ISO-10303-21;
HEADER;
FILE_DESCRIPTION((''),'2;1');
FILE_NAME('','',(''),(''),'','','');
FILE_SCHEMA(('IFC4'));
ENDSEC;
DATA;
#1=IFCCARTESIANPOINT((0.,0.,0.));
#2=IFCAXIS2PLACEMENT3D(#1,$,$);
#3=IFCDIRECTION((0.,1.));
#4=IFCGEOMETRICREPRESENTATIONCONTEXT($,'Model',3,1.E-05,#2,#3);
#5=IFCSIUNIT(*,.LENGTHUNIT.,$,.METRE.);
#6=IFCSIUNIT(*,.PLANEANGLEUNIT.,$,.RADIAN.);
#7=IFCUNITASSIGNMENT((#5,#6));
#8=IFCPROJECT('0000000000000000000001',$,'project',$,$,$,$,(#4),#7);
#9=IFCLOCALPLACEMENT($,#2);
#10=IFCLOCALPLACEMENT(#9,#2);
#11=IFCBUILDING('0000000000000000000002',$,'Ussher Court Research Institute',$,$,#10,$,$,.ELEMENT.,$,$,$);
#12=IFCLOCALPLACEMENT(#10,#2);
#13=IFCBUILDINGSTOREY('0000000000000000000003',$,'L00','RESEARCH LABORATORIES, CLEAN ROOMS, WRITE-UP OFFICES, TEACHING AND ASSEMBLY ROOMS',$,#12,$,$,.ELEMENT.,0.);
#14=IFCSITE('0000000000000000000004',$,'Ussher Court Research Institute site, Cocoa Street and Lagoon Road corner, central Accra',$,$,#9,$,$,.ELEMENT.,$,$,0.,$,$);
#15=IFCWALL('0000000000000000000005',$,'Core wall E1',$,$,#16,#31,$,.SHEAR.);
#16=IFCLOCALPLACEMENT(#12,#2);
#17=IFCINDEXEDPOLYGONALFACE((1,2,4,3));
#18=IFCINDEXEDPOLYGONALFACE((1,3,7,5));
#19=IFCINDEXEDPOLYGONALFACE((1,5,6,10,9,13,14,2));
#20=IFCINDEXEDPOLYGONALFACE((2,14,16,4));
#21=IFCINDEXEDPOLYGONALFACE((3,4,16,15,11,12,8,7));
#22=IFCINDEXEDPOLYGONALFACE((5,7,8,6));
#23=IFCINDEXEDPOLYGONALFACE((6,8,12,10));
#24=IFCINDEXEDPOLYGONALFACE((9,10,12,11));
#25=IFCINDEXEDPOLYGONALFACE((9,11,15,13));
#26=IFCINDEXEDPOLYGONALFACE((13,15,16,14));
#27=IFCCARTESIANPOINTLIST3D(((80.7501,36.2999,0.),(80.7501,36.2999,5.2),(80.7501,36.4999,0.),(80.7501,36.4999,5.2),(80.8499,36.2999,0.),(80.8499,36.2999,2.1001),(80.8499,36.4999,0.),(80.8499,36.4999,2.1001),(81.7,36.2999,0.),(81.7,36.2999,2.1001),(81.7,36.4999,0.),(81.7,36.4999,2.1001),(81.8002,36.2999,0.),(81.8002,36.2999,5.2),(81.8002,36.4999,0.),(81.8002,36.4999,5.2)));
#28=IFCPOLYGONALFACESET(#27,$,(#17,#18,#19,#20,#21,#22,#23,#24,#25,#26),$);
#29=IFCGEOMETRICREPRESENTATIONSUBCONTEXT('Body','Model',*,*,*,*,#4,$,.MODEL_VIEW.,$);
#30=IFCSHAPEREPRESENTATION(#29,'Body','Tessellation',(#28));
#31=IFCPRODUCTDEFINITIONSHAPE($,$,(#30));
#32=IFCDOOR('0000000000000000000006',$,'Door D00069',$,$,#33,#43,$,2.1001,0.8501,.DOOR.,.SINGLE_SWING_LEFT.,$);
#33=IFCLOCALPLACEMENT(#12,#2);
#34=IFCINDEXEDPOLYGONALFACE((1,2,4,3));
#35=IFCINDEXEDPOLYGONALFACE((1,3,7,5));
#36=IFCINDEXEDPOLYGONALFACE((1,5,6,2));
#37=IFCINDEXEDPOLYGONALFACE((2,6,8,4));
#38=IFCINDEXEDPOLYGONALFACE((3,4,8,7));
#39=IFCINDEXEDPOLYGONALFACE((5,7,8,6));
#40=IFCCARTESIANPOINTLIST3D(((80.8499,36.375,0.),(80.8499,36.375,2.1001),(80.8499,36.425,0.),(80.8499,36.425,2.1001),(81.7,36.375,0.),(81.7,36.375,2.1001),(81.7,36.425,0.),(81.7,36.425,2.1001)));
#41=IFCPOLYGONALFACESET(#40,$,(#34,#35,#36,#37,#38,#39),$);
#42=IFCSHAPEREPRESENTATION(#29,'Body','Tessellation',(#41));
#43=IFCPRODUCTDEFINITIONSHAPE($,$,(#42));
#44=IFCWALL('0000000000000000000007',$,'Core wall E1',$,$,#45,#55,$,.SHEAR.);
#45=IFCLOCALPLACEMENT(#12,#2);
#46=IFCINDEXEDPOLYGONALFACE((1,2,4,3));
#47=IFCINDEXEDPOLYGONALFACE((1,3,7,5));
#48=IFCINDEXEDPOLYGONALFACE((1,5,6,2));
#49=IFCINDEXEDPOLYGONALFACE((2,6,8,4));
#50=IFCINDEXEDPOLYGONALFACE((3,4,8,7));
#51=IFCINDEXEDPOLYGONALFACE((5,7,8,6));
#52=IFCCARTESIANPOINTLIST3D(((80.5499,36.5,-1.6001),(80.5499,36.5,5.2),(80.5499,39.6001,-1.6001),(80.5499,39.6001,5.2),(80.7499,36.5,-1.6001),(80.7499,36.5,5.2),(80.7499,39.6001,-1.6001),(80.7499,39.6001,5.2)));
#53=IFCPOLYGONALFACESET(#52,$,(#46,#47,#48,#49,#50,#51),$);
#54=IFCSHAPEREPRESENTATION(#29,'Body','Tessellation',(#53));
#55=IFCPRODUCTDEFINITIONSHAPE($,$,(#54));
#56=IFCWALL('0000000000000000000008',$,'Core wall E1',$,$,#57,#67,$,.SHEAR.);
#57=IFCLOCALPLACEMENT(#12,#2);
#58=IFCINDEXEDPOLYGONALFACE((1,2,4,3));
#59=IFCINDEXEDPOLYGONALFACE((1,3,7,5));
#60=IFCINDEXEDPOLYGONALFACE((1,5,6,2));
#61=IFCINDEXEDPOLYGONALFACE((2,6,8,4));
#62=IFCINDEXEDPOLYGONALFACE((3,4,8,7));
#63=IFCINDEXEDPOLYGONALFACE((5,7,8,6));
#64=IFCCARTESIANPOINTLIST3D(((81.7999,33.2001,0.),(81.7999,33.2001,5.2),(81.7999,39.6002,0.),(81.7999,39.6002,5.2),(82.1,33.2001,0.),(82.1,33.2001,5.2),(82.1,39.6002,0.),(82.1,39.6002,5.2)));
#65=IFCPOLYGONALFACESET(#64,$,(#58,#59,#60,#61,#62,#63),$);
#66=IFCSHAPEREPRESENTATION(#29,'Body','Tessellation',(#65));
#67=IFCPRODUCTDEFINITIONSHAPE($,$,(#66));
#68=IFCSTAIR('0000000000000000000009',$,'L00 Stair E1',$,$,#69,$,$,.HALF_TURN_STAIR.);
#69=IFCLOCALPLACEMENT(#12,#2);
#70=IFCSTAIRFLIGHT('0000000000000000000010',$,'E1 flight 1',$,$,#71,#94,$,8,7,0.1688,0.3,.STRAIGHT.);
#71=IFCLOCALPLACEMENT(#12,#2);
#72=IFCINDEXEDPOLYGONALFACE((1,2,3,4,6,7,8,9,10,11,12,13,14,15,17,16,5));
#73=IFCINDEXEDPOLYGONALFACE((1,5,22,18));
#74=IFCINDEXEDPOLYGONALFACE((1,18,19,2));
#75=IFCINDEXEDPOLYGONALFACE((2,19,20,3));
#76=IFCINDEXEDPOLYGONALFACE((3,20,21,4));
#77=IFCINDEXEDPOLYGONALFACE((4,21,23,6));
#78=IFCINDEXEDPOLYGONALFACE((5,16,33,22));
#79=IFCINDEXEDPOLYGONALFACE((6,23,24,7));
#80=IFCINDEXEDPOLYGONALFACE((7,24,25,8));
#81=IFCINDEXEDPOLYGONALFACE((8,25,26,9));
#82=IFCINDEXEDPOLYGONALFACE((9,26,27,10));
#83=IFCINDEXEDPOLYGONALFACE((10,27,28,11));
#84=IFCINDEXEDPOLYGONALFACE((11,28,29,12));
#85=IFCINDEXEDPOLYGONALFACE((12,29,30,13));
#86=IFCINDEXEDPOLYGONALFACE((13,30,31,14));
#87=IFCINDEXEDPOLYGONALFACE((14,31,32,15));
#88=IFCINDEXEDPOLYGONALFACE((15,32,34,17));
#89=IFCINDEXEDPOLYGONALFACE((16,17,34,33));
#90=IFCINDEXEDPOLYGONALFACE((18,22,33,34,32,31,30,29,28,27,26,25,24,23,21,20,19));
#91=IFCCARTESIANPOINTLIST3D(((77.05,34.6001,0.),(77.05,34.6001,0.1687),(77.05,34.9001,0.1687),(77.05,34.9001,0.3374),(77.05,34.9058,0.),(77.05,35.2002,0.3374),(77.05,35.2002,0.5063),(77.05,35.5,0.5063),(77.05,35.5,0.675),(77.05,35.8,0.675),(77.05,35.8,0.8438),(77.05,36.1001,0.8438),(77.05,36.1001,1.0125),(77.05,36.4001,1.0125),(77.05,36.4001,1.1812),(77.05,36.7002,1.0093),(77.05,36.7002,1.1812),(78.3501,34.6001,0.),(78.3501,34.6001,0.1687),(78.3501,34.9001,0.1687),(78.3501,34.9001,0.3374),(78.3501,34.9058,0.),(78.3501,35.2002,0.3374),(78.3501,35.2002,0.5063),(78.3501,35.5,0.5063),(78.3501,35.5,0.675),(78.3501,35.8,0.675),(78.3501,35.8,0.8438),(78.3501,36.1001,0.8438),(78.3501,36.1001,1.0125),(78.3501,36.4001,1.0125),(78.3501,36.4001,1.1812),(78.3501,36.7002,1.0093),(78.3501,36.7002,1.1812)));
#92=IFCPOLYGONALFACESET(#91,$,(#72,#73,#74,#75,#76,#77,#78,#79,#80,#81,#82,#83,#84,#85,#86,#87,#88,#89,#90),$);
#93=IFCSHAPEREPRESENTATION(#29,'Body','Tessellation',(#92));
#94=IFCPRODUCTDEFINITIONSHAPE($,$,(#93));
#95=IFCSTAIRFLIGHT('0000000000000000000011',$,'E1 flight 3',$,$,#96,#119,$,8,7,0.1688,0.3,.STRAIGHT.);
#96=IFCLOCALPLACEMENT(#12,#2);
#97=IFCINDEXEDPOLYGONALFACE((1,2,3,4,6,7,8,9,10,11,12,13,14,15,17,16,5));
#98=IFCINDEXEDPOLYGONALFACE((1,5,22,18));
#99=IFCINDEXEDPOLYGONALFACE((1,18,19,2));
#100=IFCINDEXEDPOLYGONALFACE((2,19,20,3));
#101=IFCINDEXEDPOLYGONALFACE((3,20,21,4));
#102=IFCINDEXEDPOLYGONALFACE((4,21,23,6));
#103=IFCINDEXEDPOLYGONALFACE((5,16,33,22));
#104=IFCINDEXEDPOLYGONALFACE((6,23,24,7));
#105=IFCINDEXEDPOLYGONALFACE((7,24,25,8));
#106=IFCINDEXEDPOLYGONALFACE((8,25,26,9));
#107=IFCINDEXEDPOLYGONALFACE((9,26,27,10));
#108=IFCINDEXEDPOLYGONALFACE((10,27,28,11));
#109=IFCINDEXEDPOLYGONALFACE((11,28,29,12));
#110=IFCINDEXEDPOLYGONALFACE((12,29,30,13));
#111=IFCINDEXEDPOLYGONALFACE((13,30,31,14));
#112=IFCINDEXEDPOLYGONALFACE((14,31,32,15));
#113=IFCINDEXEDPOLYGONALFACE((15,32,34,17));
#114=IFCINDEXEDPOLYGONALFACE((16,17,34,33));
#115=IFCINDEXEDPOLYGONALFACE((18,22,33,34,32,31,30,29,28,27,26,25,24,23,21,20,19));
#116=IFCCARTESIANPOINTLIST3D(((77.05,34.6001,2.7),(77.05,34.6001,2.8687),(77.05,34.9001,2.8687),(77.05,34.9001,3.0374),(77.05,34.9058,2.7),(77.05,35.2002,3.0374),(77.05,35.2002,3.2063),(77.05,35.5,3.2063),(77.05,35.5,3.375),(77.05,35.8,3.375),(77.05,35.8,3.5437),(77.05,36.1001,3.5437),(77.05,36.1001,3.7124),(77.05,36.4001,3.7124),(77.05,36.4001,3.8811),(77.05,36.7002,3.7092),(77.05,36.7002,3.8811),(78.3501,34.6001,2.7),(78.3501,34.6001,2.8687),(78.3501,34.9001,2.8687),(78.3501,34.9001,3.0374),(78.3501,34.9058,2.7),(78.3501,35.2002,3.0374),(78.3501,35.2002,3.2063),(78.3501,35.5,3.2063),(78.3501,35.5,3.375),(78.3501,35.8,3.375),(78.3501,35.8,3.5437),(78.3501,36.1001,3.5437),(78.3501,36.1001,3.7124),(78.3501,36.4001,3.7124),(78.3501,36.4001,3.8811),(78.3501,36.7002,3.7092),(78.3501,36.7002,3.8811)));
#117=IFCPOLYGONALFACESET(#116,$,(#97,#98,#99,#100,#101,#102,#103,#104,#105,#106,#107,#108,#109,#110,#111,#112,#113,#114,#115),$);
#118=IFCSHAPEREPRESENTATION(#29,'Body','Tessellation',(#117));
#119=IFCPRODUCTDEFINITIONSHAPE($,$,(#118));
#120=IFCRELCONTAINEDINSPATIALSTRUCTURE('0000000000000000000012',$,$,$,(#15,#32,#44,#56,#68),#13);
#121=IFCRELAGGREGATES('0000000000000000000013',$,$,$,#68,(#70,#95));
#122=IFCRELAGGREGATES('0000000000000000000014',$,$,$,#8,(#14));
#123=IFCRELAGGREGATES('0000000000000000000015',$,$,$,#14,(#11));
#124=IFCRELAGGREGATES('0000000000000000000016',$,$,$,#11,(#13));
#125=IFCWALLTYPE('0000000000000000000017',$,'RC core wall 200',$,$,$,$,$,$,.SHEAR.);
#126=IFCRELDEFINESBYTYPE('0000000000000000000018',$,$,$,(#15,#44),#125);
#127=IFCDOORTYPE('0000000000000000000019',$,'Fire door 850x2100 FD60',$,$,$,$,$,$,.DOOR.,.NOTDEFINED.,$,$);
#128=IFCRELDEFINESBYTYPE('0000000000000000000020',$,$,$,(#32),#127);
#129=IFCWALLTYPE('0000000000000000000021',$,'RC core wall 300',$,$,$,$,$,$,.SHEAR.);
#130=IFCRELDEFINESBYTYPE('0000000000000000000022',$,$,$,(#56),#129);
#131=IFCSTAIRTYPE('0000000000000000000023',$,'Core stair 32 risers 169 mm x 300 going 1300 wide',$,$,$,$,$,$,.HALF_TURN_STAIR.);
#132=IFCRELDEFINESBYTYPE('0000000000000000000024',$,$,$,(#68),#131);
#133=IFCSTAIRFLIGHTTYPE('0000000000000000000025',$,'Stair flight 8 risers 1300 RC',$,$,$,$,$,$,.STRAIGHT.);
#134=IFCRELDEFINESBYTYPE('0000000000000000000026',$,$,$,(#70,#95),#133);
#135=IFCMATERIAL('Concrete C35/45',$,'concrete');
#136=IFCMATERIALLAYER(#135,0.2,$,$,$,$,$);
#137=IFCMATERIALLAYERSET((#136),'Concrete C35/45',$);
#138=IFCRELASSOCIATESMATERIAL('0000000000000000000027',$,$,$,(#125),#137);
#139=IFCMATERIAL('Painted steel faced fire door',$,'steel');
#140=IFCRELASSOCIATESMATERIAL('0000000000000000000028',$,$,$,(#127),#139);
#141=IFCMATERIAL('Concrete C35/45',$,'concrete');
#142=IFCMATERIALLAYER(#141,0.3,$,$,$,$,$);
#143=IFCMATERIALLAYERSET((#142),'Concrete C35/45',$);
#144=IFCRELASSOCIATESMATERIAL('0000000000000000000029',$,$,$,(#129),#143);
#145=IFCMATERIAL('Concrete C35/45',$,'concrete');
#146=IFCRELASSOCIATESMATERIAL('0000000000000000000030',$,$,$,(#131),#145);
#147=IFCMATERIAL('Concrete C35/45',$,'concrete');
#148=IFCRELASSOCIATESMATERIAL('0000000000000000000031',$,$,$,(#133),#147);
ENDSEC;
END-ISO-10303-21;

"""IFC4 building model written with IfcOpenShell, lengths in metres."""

from ifc_helpers import new_model, si_unit, direction, frame, frame_2d, origin, place, context, subcontext, project, spatial, polyline, rectangle, outline, extrude, material, layer, layer_set, type_object, element, fill, aggregate, save


model = new_model("IFC4")

# Units and contexts
model_context = context("Model", 3, precision=1e-05, world=origin(), true_north=direction((0.0, 1.0)))
body_context = subcontext(model_context, "Body", "Model", "MODEL_VIEW")
ifc_project = project(units=[si_unit("LENGTHUNIT", "METRE"), si_unit("PLANEANGLEUNIT", "RADIAN")], contexts=[model_context])

# Site, building, storey
site_placement = place(None, origin())
site = spatial("IfcSite", under=ifc_project, at=site_placement, Name="Ussher Court Research Institute site, Cocoa Street and Lagoon Road corner, central Accra", CompositionType="ELEMENT", RefElevation=0.0)
building_placement = place(site_placement, origin())
building = spatial("IfcBuilding", under=site, at=building_placement, Name="Ussher Court Research Institute", CompositionType="ELEMENT")
storey_placement = place(building_placement, origin())
storey = spatial("IfcBuildingStorey", under=building, at=storey_placement, Name="L00", Description="RESEARCH LABORATORIES, CLEAN ROOMS, WRITE-UP OFFICES, TEACHING AND ASSEMBLY ROOMS", CompositionType="ELEMENT", Elevation=0.0)

# Shared definitions
ifc_material_1 = material(Name="Concrete C35/45", Category="concrete")
ifc_layer_1 = layer(ifc_material_1, 0.2)
ifc_layer_set_1 = layer_set([ifc_layer_1], Name="Concrete C35/45")
wall_type_1 = type_object("IfcWallType", Name="RC core wall 200", PredefinedType="SHEAR", material=ifc_layer_set_1)

# Wall, opening, door
wall_1_placement = place(storey_placement, frame((81.8, 36.3999, 0.0), z_axis=(0.0, 0.0, 1.0), x_axis=(-1.0, 0.0, 0.0)))
wall_1 = element("IfcWall", 1, at=wall_1_placement, inside=storey, type_object=wall_type_1, Name="Core wall E1", PredefinedType="SHEAR", context=body_context, shape_type="SweptSolid", body=[
    extrude(rectangle(XDim=1.05, YDim=0.2, at=frame_2d((0.5249, 0.0))), origin(), (0.0, 0.0, 1.0), 5.2),
])
opening_1_placement = place(wall_1_placement, frame((0.1001, 0.0, 0.0)))
opening_1 = element("IfcOpeningElement", 2, at=opening_1_placement, cuts=wall_1, PredefinedType="OPENING", context=body_context, shape_type="SweptSolid", body=[
    extrude(rectangle(XDim=0.8501, YDim=2.1001, at=frame_2d((0.425, 1.05))), frame((0.0, 0.1099, 0.0), z_axis=(0.0, -1.0, 0.0), x_axis=(1.0, 0.0, 0.0)), (0.0, 0.0, 1.0), 0.22),
])
ifc_material_2 = material(Name="Painted steel faced fire door", Category="steel")
door_type_1 = type_object("IfcDoorType", Name="Fire door 850x2100 FD60", OperationType="NOTDEFINED", PredefinedType="DOOR", material=ifc_material_2)
door_1_placement = place(opening_1_placement, origin())
door_1 = element("IfcDoor", 3, at=door_1_placement, inside=storey, type_object=door_type_1, Name="Door D00069", OperationType="SINGLE_SWING_LEFT", OverallHeight=2.1001, OverallWidth=0.8501, PredefinedType="DOOR", context=body_context, shape_type="SweptSolid", body=[
    extrude(rectangle(XDim=0.8501, YDim=2.1001, at=frame_2d((0.425, 1.05))), frame((0.0, 0.0249, 0.0), z_axis=(0.0, -1.0, 0.0), x_axis=(1.0, 0.0, 0.0)), (0.0, 0.0, 1.0), 0.05),
])
fill(opening_1, door_1)

# Walls
wall_2_placement = place(storey_placement, frame((80.6499, 36.5, -1.6001), z_axis=(0.0, 0.0, 1.0), x_axis=(0.0, 1.0, 0.0)))
element("IfcWall", 4, at=wall_2_placement, inside=storey, type_object=wall_type_1, Name="Core wall E1", PredefinedType="SHEAR", context=body_context, shape_type="SweptSolid", body=[
    extrude(rectangle(XDim=3.1001, YDim=0.2, at=frame_2d((1.55, 0.0))), origin(), (0.0, 0.0, 1.0), 6.8),
])
ifc_material_3 = material(Name="Concrete C35/45", Category="concrete")
ifc_layer_2 = layer(ifc_material_3, 0.3)
ifc_layer_set_2 = layer_set([ifc_layer_2], Name="Concrete C35/45")
wall_type_2 = type_object("IfcWallType", Name="RC core wall 300", PredefinedType="SHEAR", material=ifc_layer_set_2)
wall_3_placement = place(storey_placement, frame((81.95, 33.2, 0.0), z_axis=(0.0, 0.0, 1.0), x_axis=(0.0, 1.0, 0.0)))
element("IfcWall", 5, at=wall_3_placement, inside=storey, type_object=wall_type_2, Name="Core wall E1", PredefinedType="SHEAR", context=body_context, shape_type="SweptSolid", body=[
    extrude(rectangle(XDim=6.4001, YDim=0.3, at=frame_2d((3.2002, 0.0))), origin(), (0.0, 0.0, 1.0), 5.2),
])

# Stair, stair flights
ifc_material_4 = material(Name="Concrete C35/45", Category="concrete")
stair_type = type_object("IfcStairType", Name="Core stair 32 risers 169 mm x 300 going 1300 wide", PredefinedType="HALF_TURN_STAIR", material=ifc_material_4)
stair_placement = place(storey_placement, origin())
stair = element("IfcStair", 6, at=stair_placement, inside=storey, type_object=stair_type, Name="L00 Stair E1", PredefinedType="HALF_TURN_STAIR")
ifc_material_5 = material(Name="Concrete C35/45", Category="concrete")
stair_flight_type = type_object("IfcStairFlightType", Name="Stair flight 8 risers 1300 RC", PredefinedType="STRAIGHT", material=ifc_material_5)
stair_flight_1_placement = place(storey_placement, frame((77.7, 34.6001, 0.0), z_axis=(0.0, 0.0, 1.0), x_axis=(0.0, 1.0, 0.0)))
stair_flight_1 = element("IfcStairFlight", 7, at=stair_flight_1_placement, type_object=stair_flight_type, Name="E1 flight 1", NumberOfRisers=8, NumberOfTreads=7, PredefinedType="STRAIGHT", RiserHeight=0.1688, TreadLength=0.3, context=body_context, shape_type="SweptSolid", body=[
    extrude(outline(polyline([(0.0, 0.0), (0.0, 0.1687), (0.3, 0.1687), (0.3, 0.3374), (0.6001, 0.3374), (0.6001, 0.5063), (0.8999, 0.5063), (0.8999, 0.675), (1.2, 0.675), (1.2, 0.8438), (1.5, 0.8438), (1.5, 1.0125), (1.8, 1.0125), (1.8, 1.1812), (2.1001, 1.1812), (2.1001, 1.3501), (2.1001, 1.0093), (0.3057, 0.0), (0.0, 0.0)])), frame((0.0, 0.6499, 0.0), z_axis=(0.0, -1.0, 0.0), x_axis=(1.0, 0.0, 0.0)), (0.0, 0.0, 1.0), 1.3),
])
stair_flight_2_placement = place(storey_placement, frame((77.7, 34.6001, 2.7), z_axis=(0.0, 0.0, 1.0), x_axis=(0.0, 1.0, 0.0)))
stair_flight_2 = element("IfcStairFlight", 8, at=stair_flight_2_placement, type_object=stair_flight_type, Name="E1 flight 3", NumberOfRisers=8, NumberOfTreads=7, PredefinedType="STRAIGHT", RiserHeight=0.1688, TreadLength=0.3, context=body_context, shape_type="SweptSolid", body=[
    extrude(outline(polyline([(0.0, 0.0), (0.0, 0.1687), (0.3, 0.1687), (0.3, 0.3374), (0.6001, 0.3374), (0.6001, 0.5063), (0.8999, 0.5063), (0.8999, 0.675), (1.2, 0.675), (1.2, 0.8438), (1.5, 0.8438), (1.5, 1.0125), (1.8, 1.0125), (1.8, 1.1812), (2.1001, 1.1812), (2.1001, 1.3501), (2.1001, 1.0093), (0.3057, 0.0), (0.0, 0.0)])), frame((0.0, 0.6499, 0.0), z_axis=(0.0, -1.0, 0.0), x_axis=(1.0, 0.0, 0.0)), (0.0, 0.0, 1.0), 1.3),
])
aggregate(stair, [stair_flight_1, stair_flight_2])

save(model, "model.ifc")
